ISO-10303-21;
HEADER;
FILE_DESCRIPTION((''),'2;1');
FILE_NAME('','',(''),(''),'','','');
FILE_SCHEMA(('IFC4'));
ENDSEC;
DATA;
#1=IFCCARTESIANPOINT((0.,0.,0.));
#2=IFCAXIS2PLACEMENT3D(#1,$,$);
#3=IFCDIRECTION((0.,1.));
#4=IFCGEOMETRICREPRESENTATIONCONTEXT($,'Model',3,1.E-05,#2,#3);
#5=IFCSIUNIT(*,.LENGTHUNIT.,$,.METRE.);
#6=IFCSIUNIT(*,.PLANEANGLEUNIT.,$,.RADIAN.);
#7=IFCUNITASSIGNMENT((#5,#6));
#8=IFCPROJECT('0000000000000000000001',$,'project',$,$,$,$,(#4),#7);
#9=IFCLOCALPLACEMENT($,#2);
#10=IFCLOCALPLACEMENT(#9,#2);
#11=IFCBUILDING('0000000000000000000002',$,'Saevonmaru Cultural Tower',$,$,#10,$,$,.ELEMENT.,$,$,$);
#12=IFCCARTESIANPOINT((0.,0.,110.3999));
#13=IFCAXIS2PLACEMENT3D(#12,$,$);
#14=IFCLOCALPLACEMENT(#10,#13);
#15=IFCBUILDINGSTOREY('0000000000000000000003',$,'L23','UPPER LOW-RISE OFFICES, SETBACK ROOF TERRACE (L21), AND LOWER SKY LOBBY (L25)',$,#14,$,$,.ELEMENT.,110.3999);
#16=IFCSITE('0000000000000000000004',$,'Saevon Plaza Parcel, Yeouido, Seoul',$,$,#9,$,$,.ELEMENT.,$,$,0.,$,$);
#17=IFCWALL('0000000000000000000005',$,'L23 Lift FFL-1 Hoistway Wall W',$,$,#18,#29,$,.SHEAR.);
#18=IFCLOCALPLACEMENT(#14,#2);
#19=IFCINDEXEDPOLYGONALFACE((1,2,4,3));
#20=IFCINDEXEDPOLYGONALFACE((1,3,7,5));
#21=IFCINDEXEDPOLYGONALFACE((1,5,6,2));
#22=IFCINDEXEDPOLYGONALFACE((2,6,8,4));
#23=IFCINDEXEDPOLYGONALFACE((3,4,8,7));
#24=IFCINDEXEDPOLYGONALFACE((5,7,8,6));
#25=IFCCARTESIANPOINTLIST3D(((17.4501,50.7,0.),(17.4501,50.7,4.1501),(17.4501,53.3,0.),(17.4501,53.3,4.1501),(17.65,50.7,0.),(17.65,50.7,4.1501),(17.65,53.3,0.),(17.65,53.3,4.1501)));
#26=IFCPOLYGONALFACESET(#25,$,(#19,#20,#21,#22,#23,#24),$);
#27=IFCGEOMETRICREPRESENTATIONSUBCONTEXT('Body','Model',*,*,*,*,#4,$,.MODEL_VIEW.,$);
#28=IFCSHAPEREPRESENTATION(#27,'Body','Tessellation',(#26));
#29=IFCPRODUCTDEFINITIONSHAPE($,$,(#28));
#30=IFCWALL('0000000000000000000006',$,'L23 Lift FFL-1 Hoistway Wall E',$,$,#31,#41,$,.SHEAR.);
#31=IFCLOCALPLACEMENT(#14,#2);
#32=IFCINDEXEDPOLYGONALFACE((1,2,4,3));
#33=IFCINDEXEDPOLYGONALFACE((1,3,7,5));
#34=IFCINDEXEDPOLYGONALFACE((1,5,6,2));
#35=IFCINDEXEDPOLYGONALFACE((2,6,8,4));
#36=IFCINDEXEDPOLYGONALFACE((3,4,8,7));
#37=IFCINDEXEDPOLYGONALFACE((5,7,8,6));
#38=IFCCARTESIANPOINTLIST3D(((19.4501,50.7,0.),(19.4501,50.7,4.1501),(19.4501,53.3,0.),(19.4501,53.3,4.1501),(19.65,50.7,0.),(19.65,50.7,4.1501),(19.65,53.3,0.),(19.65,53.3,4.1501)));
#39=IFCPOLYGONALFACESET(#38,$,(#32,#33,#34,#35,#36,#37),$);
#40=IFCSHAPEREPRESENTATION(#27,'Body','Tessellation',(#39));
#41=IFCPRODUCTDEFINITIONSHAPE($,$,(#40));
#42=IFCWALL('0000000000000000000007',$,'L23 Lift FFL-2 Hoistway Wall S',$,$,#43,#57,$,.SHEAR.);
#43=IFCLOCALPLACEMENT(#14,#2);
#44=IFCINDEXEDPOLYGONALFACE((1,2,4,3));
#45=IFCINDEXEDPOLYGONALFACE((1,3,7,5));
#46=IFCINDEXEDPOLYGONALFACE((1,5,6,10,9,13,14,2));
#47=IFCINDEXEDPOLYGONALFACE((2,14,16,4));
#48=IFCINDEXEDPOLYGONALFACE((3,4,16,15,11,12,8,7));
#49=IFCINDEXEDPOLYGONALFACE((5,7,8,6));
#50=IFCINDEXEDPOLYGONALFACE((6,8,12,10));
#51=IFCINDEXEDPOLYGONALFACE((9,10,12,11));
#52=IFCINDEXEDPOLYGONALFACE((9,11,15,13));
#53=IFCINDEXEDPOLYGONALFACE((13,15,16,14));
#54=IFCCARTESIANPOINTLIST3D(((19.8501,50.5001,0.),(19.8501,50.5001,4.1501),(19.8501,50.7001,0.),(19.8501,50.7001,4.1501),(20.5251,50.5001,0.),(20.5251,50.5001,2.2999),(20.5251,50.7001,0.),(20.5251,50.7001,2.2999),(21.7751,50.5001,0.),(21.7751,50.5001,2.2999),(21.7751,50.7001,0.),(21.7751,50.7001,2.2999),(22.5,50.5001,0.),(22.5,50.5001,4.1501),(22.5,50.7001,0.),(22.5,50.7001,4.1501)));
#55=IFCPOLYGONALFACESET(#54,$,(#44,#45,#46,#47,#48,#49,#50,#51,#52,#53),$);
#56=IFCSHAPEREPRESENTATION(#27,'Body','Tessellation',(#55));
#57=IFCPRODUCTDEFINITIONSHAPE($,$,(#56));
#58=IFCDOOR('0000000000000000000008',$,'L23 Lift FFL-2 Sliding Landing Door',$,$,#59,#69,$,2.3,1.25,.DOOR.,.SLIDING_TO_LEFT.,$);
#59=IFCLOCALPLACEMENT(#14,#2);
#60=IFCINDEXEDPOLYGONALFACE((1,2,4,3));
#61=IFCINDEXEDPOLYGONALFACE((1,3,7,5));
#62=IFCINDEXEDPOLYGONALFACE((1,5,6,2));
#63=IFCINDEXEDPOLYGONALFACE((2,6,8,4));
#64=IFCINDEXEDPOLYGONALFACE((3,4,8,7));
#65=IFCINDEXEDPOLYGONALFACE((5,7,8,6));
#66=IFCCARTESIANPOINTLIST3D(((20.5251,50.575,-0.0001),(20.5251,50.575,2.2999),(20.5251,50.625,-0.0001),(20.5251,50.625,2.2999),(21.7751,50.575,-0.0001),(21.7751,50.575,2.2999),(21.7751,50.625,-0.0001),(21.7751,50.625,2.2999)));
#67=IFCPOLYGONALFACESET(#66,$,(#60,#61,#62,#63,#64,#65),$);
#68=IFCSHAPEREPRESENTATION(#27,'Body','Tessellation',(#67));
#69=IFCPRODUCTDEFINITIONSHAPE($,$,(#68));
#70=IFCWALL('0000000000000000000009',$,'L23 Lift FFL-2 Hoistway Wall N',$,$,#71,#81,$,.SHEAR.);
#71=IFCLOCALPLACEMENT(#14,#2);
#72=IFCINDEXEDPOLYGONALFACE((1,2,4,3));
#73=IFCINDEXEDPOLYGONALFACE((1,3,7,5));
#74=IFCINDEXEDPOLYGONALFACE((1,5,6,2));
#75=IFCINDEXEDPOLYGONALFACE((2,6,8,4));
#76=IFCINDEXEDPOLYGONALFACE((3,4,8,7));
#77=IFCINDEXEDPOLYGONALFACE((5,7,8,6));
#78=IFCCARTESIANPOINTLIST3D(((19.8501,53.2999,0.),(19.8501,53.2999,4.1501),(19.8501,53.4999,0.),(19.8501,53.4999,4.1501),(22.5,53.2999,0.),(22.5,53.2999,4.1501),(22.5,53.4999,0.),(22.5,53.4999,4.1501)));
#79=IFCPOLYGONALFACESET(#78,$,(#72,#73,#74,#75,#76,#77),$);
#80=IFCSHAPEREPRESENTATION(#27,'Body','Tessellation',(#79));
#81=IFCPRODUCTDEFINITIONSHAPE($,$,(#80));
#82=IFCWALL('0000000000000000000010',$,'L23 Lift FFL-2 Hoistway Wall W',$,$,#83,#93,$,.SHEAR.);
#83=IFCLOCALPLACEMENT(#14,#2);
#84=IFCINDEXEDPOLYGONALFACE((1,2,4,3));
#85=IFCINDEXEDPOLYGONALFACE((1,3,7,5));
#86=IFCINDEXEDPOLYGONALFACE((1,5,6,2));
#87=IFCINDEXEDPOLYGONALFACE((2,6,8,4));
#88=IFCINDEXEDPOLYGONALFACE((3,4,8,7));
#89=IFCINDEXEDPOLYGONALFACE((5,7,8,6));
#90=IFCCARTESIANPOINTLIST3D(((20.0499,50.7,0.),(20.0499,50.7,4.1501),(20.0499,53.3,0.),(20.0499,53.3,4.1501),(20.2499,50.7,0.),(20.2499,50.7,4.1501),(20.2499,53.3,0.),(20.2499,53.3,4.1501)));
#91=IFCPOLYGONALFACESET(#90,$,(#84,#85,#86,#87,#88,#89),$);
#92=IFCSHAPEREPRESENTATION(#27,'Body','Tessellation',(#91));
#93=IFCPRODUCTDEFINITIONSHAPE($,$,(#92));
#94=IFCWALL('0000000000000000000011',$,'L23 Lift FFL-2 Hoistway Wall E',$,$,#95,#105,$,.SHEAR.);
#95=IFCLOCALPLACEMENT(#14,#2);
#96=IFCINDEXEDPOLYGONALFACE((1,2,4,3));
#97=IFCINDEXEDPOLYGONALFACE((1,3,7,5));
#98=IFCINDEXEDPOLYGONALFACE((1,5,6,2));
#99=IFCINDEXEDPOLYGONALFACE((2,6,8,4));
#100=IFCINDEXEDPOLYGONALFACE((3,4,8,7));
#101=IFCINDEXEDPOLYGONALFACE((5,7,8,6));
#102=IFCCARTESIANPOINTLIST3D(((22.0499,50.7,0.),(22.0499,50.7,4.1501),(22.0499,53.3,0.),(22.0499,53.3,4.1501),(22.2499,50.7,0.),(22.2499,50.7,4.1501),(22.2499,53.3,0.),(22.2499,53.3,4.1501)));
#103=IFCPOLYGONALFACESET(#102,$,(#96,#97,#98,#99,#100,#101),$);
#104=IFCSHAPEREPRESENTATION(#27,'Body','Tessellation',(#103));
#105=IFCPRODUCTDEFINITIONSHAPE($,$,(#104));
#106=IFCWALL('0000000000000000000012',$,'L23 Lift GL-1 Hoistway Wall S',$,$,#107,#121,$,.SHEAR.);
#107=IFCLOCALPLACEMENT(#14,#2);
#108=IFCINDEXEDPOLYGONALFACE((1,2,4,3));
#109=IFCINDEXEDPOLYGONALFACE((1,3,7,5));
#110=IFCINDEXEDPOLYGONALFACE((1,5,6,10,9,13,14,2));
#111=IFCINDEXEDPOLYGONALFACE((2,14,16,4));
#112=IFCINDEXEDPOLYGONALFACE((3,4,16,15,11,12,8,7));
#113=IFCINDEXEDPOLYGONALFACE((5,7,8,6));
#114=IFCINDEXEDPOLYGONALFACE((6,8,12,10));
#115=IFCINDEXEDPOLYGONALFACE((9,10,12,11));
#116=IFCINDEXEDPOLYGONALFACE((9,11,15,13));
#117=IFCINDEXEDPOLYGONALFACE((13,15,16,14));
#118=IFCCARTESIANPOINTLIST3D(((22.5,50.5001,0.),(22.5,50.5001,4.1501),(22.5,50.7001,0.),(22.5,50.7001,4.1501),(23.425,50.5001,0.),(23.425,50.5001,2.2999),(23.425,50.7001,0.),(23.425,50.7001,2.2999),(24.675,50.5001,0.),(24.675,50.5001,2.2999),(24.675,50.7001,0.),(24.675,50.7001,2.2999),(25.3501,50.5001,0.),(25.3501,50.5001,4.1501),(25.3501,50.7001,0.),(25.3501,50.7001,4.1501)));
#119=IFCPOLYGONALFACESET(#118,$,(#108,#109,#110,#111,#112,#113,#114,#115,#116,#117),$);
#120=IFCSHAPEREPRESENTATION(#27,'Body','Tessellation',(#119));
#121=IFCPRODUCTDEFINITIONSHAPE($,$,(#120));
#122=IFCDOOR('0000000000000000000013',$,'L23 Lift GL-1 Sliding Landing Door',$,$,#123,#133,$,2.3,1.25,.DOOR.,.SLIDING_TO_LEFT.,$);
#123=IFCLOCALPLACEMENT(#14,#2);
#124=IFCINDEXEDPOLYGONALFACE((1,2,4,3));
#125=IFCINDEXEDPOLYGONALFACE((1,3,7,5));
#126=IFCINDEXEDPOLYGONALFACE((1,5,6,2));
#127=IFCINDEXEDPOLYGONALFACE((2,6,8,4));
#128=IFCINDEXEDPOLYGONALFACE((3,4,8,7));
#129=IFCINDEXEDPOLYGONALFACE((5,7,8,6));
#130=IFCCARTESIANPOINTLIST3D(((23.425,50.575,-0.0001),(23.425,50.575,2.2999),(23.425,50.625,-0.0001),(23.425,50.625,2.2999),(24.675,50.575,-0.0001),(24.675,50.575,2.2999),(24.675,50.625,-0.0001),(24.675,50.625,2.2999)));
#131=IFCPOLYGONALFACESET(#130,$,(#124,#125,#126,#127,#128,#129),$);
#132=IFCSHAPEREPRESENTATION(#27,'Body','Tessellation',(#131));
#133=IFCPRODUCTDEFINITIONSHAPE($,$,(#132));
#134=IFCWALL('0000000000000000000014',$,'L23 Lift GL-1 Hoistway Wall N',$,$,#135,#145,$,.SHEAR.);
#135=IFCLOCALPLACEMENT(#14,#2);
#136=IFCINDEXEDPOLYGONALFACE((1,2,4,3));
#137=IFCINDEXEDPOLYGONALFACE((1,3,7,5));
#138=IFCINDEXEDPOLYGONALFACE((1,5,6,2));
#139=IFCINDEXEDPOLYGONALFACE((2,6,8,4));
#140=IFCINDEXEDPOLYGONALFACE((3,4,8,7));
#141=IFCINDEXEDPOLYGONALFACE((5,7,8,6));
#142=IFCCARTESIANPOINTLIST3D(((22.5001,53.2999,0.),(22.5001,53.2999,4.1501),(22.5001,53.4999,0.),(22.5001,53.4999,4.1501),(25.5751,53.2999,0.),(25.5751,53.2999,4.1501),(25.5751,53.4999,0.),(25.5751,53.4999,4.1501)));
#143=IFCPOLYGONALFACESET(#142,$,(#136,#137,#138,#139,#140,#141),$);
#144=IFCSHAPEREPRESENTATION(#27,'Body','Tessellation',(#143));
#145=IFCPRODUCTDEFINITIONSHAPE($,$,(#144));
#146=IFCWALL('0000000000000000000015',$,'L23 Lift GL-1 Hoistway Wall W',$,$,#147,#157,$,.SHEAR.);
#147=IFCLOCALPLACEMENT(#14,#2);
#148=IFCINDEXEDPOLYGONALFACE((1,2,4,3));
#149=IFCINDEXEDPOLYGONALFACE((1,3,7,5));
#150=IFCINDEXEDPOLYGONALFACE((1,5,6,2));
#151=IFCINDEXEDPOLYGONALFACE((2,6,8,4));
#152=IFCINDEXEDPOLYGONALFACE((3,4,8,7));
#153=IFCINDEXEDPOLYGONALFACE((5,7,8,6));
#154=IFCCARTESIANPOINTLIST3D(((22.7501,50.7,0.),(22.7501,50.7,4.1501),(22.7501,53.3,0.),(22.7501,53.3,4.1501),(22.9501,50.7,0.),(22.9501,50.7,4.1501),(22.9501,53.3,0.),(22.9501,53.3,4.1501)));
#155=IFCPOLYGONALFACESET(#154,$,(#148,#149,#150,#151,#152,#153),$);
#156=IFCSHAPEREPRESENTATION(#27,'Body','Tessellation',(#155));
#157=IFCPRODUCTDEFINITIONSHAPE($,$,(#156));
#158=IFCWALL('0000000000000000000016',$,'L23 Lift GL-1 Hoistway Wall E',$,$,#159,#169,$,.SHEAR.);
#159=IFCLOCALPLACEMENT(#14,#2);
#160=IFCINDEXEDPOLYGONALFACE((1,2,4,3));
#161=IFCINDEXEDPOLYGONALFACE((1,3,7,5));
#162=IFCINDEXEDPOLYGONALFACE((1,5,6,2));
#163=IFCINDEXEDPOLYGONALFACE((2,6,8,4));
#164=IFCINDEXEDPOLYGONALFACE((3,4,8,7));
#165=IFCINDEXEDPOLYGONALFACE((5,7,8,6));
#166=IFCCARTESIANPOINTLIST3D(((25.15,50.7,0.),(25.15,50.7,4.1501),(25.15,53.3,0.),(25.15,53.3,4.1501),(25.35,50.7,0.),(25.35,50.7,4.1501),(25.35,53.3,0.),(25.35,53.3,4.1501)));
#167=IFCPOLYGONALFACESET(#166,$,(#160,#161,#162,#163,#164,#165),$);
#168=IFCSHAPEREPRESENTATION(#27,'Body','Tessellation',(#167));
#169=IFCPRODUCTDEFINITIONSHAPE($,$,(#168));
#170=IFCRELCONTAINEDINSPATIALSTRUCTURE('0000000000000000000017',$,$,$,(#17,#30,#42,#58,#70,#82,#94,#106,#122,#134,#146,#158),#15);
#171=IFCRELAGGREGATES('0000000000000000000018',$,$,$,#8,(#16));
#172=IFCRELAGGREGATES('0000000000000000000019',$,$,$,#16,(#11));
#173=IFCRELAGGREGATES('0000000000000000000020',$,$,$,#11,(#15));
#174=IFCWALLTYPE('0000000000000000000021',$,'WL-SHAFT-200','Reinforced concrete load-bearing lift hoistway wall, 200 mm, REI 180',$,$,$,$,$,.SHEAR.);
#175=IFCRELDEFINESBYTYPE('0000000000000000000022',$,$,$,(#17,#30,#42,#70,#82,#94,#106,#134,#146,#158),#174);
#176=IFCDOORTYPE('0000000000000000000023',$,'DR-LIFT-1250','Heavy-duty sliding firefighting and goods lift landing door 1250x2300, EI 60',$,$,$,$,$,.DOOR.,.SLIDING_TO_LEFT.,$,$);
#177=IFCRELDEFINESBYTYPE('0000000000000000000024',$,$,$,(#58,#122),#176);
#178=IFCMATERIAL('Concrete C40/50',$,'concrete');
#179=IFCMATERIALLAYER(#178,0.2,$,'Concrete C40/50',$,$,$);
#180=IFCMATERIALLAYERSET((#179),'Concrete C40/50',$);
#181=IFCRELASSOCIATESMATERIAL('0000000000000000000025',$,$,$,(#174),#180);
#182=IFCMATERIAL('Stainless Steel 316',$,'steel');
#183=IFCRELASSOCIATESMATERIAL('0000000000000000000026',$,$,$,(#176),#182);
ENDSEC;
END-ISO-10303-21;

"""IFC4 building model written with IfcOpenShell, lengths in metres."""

from ifc_helpers import new_model, si_unit, direction, frame, frame_2d, origin, place, context, subcontext, project, spatial, rectangle, extrude, material, layer, layer_set, type_object, element, fill, save


model = new_model("IFC4")

# Units and contexts
model_context = context("Model", 3, precision=1e-05, world=origin(), true_north=direction((0.0, 1.0)))
body_context = subcontext(model_context, "Body", "Model", "MODEL_VIEW")
ifc_project = project(units=[si_unit("LENGTHUNIT", "METRE"), si_unit("PLANEANGLEUNIT", "RADIAN")], contexts=[model_context])

# Site, building, storey
site_placement = place(None, origin())
site = spatial("IfcSite", under=ifc_project, at=site_placement, Name="Saevon Plaza Parcel, Yeouido, Seoul", CompositionType="ELEMENT", RefElevation=0.0)
building_placement = place(site_placement, origin())
building = spatial("IfcBuilding", under=site, at=building_placement, Name="Saevonmaru Cultural Tower", CompositionType="ELEMENT")
storey_placement = place(building_placement, frame((0.0, 0.0, 110.3999)))
storey = spatial("IfcBuildingStorey", under=building, at=storey_placement, Name="L23", Description="UPPER LOW-RISE OFFICES, SETBACK ROOF TERRACE (L21), AND LOWER SKY LOBBY (L25)", CompositionType="ELEMENT", Elevation=110.3999)

# Shared definitions
ifc_material_1 = material(Name="Concrete C40/50", Category="concrete")
ifc_layer_1 = layer(ifc_material_1, 0.2, Name="Concrete C40/50")
ifc_layer_set_1 = layer_set([ifc_layer_1], Name="Concrete C40/50")
wall_type = type_object("IfcWallType", Name="WL-SHAFT-200", Description="Reinforced concrete load-bearing lift hoistway wall, 200 mm, REI 180", PredefinedType="SHEAR", material=ifc_layer_set_1)
ifc_material_2 = material(Name="Stainless Steel 316", Category="steel")
door_type_1 = type_object("IfcDoorType", Name="DR-LIFT-1250", Description="Heavy-duty sliding firefighting and goods lift landing door 1250x2300, EI 60", OperationType="SLIDING_TO_LEFT", PredefinedType="DOOR", material=ifc_material_2)

# Walls
for number, where, z_axis, x_axis, name in (
    (1, (17.55, 50.7, 0.0), (0.0, 0.0, 1.0), (0.0, 1.0, 0.0), "L23 Lift FFL-1 Hoistway Wall W"),
    (2, (19.55, 50.7, 0.0), (0.0, 0.0, 1.0), (0.0, 1.0, 0.0), "L23 Lift FFL-1 Hoistway Wall E"),
):
    element("IfcWall", number, at=place(storey_placement, frame(where, z_axis=z_axis, x_axis=x_axis)), inside=storey, type_object=wall_type, Name=name, PredefinedType="SHEAR", context=body_context, shape_type="SweptSolid", body=[
        extrude(rectangle(XDim=2.6001, YDim=0.2, at=frame_2d((1.3, 0.0))), origin(), (0.0, 0.0, 1.0), 4.1501),
    ])

# Wall, opening, door
wall_1_placement = place(storey_placement, frame((19.8501, 50.6001, 0.0), z_axis=(0.0, 0.0, 1.0), x_axis=(1.0, 0.0, 0.0)))
wall_1 = element("IfcWall", 3, at=wall_1_placement, inside=storey, type_object=wall_type, Name="L23 Lift FFL-2 Hoistway Wall S", PredefinedType="SHEAR", context=body_context, shape_type="SweptSolid", body=[
    extrude(rectangle(XDim=2.6499, YDim=0.2, at=frame_2d((1.325, 0.0))), origin(), (0.0, 0.0, 1.0), 4.1501),
])
opening_1_placement = place(wall_1_placement, frame((0.675, 0.0, 0.0)))
opening_1 = element("IfcOpeningElement", 4, at=opening_1_placement, cuts=wall_1, PredefinedType="OPENING", context=body_context, shape_type="SweptSolid", body=[
    extrude(rectangle(XDim=1.25, YDim=2.3, at=frame_2d((0.625, 1.1499))), frame((0.0, 0.1099, 0.0), z_axis=(0.0, -1.0, 0.0), x_axis=(1.0, 0.0, 0.0)), (0.0, 0.0, 1.0), 0.22),
])
door_1_placement = place(opening_1_placement, origin())
door_1 = element("IfcDoor", 5, at=door_1_placement, inside=storey, type_object=door_type_1, Name="L23 Lift FFL-2 Sliding Landing Door", OperationType="SLIDING_TO_LEFT", OverallHeight=2.3, OverallWidth=1.25, PredefinedType="DOOR", context=body_context, shape_type="SweptSolid", body=[
    extrude(rectangle(XDim=1.25, YDim=2.3, at=frame_2d((0.625, 1.1499))), frame((0.0, 0.0249, 0.0), z_axis=(0.0, -1.0, 0.0), x_axis=(1.0, 0.0, 0.0)), (0.0, 0.0, 1.0), 0.05),
])
fill(opening_1, door_1)

# Walls
wall_2_placement = place(storey_placement, frame((19.8501, 53.3999, 0.0), z_axis=(0.0, 0.0, 1.0), x_axis=(1.0, 0.0, 0.0)))
element("IfcWall", 6, at=wall_2_placement, inside=storey, type_object=wall_type, Name="L23 Lift FFL-2 Hoistway Wall N", PredefinedType="SHEAR", context=body_context, shape_type="SweptSolid", body=[
    extrude(rectangle(XDim=2.6499, YDim=0.2, at=frame_2d((1.325, 0.0))), origin(), (0.0, 0.0, 1.0), 4.1501),
])
for number, where, z_axis, x_axis, name in (
    (7, (20.1499, 50.7, 0.0), (0.0, 0.0, 1.0), (0.0, 1.0, 0.0), "L23 Lift FFL-2 Hoistway Wall W"),
    (8, (22.1499, 50.7, 0.0), (0.0, 0.0, 1.0), (0.0, 1.0, 0.0), "L23 Lift FFL-2 Hoistway Wall E"),
):
    element("IfcWall", number, at=place(storey_placement, frame(where, z_axis=z_axis, x_axis=x_axis)), inside=storey, type_object=wall_type, Name=name, PredefinedType="SHEAR", context=body_context, shape_type="SweptSolid", body=[
        extrude(rectangle(XDim=2.6001, YDim=0.2, at=frame_2d((1.3, 0.0))), origin(), (0.0, 0.0, 1.0), 4.1501),
    ])

# Wall, opening, door
wall_3_placement = place(storey_placement, frame((22.5, 50.6001, 0.0), z_axis=(0.0, 0.0, 1.0), x_axis=(1.0, 0.0, 0.0)))
wall_3 = element("IfcWall", 9, at=wall_3_placement, inside=storey, type_object=wall_type, Name="L23 Lift GL-1 Hoistway Wall S", PredefinedType="SHEAR", context=body_context, shape_type="SweptSolid", body=[
    extrude(rectangle(XDim=2.8501, YDim=0.2, at=frame_2d((1.425, 0.0))), origin(), (0.0, 0.0, 1.0), 4.1501),
])
opening_2_placement = place(wall_3_placement, frame((0.925, 0.0, 0.0)))
opening_2 = element("IfcOpeningElement", 10, at=opening_2_placement, cuts=wall_3, PredefinedType="OPENING", context=body_context, shape_type="SweptSolid", body=[
    extrude(rectangle(XDim=1.25, YDim=2.3, at=frame_2d((0.625, 1.1499))), frame((0.0, 0.1099, 0.0), z_axis=(0.0, -1.0, 0.0), x_axis=(1.0, 0.0, 0.0)), (0.0, 0.0, 1.0), 0.22),
])
door_2_placement = place(opening_2_placement, origin())
door_2 = element("IfcDoor", 11, at=door_2_placement, inside=storey, type_object=door_type_1, Name="L23 Lift GL-1 Sliding Landing Door", OperationType="SLIDING_TO_LEFT", OverallHeight=2.3, OverallWidth=1.25, PredefinedType="DOOR", context=body_context, shape_type="SweptSolid", body=[
    extrude(rectangle(XDim=1.25, YDim=2.3, at=frame_2d((0.625, 1.1499))), frame((0.0, 0.0249, 0.0), z_axis=(0.0, -1.0, 0.0), x_axis=(1.0, 0.0, 0.0)), (0.0, 0.0, 1.0), 0.05),
])
fill(opening_2, door_2)

# Walls
wall_4_placement = place(storey_placement, frame((22.5, 53.3999, 0.0), z_axis=(0.0, 0.0, 1.0), x_axis=(1.0, 0.0, 0.0)))
element("IfcWall", 12, at=wall_4_placement, inside=storey, type_object=wall_type, Name="L23 Lift GL-1 Hoistway Wall N", PredefinedType="SHEAR", context=body_context, shape_type="SweptSolid", body=[
    extrude(rectangle(XDim=3.075, YDim=0.2, at=frame_2d((1.5376, 0.0))), origin(), (0.0, 0.0, 1.0), 4.1501),
])
for number, where, z_axis, x_axis, name in (
    (13, (22.8501, 50.7, 0.0), (0.0, 0.0, 1.0), (0.0, 1.0, 0.0), "L23 Lift GL-1 Hoistway Wall W"),
    (14, (25.25, 50.7, 0.0), (0.0, 0.0, 1.0), (0.0, 1.0, 0.0), "L23 Lift GL-1 Hoistway Wall E"),
):
    element("IfcWall", number, at=place(storey_placement, frame(where, z_axis=z_axis, x_axis=x_axis)), inside=storey, type_object=wall_type, Name=name, PredefinedType="SHEAR", context=body_context, shape_type="SweptSolid", body=[
        extrude(rectangle(XDim=2.6001, YDim=0.2, at=frame_2d((1.3, 0.0))), origin(), (0.0, 0.0, 1.0), 4.1501),
    ])

save(model, "model.ifc")
